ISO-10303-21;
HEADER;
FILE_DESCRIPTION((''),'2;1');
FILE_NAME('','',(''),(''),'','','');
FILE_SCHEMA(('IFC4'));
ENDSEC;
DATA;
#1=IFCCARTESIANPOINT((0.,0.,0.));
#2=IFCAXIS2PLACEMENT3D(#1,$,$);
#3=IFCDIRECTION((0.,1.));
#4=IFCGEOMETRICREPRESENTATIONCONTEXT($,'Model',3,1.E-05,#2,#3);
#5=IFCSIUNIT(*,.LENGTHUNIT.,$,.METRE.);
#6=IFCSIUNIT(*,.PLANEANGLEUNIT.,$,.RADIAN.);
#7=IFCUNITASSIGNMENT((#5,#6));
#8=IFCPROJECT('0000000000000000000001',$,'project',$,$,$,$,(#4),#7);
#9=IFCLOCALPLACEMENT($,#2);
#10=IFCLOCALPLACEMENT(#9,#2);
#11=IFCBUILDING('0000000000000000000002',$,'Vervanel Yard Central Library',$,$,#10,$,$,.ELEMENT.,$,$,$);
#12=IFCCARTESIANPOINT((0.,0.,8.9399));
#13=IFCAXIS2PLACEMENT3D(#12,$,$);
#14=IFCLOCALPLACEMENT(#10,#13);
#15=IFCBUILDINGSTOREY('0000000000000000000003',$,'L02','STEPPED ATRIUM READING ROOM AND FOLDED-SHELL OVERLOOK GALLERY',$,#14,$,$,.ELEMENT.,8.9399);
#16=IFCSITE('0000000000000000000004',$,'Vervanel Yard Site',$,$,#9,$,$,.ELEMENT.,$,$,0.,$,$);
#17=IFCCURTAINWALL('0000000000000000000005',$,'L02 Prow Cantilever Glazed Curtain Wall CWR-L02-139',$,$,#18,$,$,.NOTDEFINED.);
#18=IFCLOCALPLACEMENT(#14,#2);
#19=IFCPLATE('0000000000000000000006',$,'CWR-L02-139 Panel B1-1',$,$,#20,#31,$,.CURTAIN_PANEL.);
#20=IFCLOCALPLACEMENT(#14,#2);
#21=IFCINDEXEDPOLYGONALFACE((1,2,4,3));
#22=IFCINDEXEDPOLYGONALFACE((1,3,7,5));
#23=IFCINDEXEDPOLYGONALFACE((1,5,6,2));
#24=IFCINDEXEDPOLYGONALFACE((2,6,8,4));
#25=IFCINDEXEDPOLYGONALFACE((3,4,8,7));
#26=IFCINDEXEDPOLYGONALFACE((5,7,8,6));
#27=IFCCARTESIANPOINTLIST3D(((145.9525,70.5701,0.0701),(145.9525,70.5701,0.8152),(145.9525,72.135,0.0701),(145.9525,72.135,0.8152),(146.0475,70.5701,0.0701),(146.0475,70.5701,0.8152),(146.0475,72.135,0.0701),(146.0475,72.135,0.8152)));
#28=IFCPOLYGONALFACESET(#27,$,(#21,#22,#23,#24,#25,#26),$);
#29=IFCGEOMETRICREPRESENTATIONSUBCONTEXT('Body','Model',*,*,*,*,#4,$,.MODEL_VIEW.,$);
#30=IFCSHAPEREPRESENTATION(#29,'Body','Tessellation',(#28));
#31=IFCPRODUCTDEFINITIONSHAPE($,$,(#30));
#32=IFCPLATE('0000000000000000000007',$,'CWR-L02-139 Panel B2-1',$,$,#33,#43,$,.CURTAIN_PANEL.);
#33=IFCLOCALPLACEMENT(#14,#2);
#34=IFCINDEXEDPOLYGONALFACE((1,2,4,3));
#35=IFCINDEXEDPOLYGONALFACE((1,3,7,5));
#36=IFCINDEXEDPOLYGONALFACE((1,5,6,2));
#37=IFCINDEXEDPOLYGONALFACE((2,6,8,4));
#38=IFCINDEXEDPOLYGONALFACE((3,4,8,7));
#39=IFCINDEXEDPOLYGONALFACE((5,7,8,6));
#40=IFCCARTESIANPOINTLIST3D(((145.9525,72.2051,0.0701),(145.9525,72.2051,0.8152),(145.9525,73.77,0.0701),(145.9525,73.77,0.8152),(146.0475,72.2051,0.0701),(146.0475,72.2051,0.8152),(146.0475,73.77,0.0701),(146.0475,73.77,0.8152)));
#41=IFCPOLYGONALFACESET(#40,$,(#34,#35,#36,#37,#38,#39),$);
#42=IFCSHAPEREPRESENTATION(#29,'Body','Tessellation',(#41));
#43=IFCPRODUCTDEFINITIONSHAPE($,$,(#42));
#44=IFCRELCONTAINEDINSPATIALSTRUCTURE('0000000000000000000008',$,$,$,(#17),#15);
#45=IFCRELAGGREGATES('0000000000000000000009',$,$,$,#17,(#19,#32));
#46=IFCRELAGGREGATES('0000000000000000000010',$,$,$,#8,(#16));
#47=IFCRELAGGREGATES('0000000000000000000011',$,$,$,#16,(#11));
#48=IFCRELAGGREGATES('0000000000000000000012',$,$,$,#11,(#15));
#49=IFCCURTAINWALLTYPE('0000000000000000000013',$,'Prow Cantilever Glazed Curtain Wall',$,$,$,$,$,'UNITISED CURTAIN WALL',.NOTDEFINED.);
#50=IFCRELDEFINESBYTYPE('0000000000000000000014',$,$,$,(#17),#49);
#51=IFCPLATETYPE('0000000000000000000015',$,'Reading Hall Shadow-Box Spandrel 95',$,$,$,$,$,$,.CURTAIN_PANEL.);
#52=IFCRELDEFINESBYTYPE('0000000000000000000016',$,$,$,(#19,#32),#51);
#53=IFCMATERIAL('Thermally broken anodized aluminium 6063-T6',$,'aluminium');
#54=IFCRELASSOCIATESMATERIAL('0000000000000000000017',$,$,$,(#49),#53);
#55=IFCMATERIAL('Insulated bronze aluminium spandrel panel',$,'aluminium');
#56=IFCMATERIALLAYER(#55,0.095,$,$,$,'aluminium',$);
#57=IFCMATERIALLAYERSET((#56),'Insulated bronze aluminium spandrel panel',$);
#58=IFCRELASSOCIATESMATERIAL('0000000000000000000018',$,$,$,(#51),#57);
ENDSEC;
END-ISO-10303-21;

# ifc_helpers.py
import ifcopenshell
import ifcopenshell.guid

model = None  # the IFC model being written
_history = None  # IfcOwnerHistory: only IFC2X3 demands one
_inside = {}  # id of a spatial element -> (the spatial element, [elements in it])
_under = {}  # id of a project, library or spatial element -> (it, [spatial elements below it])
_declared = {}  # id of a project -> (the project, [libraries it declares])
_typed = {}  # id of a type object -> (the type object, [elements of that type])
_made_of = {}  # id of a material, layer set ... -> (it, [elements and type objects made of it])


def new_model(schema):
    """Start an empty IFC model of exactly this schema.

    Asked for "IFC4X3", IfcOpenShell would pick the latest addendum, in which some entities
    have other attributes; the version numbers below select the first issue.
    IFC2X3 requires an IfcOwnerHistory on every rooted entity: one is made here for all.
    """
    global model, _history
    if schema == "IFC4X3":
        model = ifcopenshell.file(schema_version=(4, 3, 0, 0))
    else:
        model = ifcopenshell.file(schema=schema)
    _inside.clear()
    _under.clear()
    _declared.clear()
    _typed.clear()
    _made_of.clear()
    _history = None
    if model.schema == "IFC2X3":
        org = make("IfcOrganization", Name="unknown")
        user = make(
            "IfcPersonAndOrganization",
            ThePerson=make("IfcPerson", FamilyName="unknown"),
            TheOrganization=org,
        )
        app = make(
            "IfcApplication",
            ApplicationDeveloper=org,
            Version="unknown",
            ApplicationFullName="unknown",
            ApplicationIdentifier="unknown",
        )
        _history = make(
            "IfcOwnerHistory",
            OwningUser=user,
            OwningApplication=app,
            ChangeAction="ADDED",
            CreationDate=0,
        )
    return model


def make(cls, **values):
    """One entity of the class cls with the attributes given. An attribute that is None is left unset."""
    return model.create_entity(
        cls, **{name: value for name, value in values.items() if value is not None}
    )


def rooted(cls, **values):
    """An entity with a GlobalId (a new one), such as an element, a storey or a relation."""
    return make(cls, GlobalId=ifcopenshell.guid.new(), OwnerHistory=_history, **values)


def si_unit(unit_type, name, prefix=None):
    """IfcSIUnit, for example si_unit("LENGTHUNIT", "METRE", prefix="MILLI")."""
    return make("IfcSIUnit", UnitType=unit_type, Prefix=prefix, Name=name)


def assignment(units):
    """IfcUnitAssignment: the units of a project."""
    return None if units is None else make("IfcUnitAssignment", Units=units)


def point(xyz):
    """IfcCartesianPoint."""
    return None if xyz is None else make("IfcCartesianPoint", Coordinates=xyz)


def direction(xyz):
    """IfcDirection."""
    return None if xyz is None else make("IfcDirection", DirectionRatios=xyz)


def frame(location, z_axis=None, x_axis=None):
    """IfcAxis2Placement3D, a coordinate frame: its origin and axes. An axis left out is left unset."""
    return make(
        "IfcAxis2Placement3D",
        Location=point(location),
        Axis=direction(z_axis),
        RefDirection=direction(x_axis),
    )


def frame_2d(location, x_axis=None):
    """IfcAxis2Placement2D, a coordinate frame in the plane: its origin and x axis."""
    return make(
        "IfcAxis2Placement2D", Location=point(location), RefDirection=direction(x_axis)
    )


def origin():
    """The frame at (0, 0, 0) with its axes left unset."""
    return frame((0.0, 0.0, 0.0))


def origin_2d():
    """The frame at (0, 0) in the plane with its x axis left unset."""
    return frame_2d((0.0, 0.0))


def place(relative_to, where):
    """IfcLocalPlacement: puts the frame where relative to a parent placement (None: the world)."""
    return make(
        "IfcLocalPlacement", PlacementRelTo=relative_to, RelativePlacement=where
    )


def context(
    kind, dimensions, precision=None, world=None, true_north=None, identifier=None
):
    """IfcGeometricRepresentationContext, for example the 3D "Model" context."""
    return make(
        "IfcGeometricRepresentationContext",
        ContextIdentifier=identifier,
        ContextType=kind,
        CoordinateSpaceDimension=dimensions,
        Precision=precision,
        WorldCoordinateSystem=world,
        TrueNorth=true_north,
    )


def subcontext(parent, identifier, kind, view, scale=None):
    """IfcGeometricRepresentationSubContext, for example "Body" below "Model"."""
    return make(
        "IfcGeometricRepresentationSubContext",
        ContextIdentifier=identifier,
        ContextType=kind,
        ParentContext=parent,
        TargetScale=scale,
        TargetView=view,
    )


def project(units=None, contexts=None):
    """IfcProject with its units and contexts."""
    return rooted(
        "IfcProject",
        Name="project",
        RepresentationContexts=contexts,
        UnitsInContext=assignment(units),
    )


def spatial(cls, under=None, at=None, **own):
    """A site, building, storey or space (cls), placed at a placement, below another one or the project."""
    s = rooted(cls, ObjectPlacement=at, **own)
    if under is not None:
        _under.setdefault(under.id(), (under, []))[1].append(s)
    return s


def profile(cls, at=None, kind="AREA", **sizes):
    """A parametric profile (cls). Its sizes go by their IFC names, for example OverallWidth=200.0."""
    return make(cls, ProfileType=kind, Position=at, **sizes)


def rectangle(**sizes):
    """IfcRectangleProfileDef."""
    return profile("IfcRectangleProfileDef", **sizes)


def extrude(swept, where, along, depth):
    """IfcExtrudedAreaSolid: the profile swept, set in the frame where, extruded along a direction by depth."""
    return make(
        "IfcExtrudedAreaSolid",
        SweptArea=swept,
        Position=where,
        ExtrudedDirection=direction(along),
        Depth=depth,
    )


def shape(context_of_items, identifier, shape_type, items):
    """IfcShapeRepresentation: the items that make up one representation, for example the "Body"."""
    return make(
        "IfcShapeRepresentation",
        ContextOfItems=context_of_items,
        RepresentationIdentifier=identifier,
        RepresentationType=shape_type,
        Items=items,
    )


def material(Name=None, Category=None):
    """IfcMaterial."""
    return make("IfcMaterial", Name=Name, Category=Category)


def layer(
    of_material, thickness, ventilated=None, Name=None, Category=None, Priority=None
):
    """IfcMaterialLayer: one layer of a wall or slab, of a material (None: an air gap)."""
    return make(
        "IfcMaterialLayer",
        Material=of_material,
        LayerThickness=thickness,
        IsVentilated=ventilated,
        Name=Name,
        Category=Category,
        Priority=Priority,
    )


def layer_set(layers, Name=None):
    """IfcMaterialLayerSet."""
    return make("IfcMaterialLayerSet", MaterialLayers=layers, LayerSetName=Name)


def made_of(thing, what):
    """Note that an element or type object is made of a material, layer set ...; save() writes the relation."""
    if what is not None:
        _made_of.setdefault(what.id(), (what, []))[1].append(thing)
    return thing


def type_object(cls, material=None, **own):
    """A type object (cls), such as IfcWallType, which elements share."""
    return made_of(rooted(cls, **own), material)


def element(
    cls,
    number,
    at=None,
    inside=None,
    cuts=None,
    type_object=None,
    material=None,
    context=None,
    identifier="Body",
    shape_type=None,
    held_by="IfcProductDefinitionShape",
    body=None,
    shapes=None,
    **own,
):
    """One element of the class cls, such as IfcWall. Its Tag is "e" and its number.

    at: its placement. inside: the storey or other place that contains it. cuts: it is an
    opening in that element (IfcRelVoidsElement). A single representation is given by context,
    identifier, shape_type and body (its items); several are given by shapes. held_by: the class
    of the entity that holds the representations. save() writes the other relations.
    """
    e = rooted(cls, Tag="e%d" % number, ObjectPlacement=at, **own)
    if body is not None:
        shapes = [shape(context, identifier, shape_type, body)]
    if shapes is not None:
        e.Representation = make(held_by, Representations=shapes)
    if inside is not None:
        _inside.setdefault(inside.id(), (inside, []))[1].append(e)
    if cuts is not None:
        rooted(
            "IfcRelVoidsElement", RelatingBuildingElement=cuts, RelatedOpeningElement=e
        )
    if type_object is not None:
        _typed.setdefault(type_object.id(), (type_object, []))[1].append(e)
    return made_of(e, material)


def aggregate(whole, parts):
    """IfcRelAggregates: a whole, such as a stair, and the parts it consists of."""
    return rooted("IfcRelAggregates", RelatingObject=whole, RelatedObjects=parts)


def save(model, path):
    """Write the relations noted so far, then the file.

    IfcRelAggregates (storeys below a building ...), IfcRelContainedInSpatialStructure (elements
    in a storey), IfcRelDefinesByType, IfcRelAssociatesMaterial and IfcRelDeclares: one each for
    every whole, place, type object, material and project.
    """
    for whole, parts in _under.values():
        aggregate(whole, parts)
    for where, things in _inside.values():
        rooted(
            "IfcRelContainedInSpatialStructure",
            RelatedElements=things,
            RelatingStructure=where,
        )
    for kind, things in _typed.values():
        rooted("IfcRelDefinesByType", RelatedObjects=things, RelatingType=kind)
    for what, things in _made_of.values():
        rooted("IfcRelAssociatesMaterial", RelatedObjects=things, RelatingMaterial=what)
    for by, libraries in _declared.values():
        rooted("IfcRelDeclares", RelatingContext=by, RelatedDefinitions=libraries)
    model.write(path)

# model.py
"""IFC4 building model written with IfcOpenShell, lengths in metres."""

from ifc_helpers import new_model, si_unit, direction, frame, origin, origin_2d, place, context, subcontext, project, spatial, rectangle, extrude, material, layer, layer_set, type_object, element, aggregate, save


model = new_model("IFC4")

# Units and contexts
model_context = context("Model", 3, precision=1e-05, world=origin(), true_north=direction((0.0, 1.0)))
body_context = subcontext(model_context, "Body", "Model", "MODEL_VIEW")
ifc_project = project(units=[si_unit("LENGTHUNIT", "METRE"), si_unit("PLANEANGLEUNIT", "RADIAN")], contexts=[model_context])

# Site, building, storey
site_placement = place(None, origin())
site = spatial("IfcSite", under=ifc_project, at=site_placement, Name="Vervanel Yard Site", CompositionType="ELEMENT", RefElevation=0.0)
building_placement = place(site_placement, origin())
building = spatial("IfcBuilding", under=site, at=building_placement, Name="Vervanel Yard Central Library", CompositionType="ELEMENT")
storey_placement = place(building_placement, frame((0.0, 0.0, 8.9399)))
storey = spatial("IfcBuildingStorey", under=building, at=storey_placement, Name="L02", Description="STEPPED ATRIUM READING ROOM AND FOLDED-SHELL OVERLOOK GALLERY", CompositionType="ELEMENT", Elevation=8.9399)

# Shared definitions
ifc_material_1 = material(Name="Thermally broken anodized aluminium 6063-T6", Category="aluminium")
curtain_wall_type = type_object("IfcCurtainWallType", Name="Prow Cantilever Glazed Curtain Wall", ElementType="UNITISED CURTAIN WALL", PredefinedType="NOTDEFINED", material=ifc_material_1)

# Curtain wall
curtain_wall_1_placement = place(storey_placement, origin())
curtain_wall_1 = element("IfcCurtainWall", 1, at=curtain_wall_1_placement, inside=storey, type_object=curtain_wall_type, Name="L02 Prow Cantilever Glazed Curtain Wall CWR-L02-139", PredefinedType="NOTDEFINED")

# Plates
ifc_material_2 = material(Name="Insulated bronze aluminium spandrel panel", Category="aluminium")
ifc_layer_1 = layer(ifc_material_2, 0.095, Category="aluminium")
ifc_layer_set_1 = layer_set([ifc_layer_1], Name="Insulated bronze aluminium spandrel panel")
plate_type_1 = type_object("IfcPlateType", Name="Reading Hall Shadow-Box Spandrel 95", PredefinedType="CURTAIN_PANEL", material=ifc_layer_set_1)
plate_1_placement = place(storey_placement, frame((146.0, 71.3525, 0.0701), z_axis=(0.0, 0.0, 1.0), x_axis=(0.0, 1.0, 0.0)))
plate_1 = element("IfcPlate", 2, at=plate_1_placement, type_object=plate_type_1, Name="CWR-L02-139 Panel B1-1", PredefinedType="CURTAIN_PANEL", context=body_context, shape_type="SweptSolid", body=[
    extrude(rectangle(XDim=1.5649, YDim=0.095, at=origin_2d()), origin(), (0.0, 0.0, 1.0), 0.7451),
])
plate_2_placement = place(storey_placement, frame((146.0, 72.9875, 0.0701), z_axis=(0.0, 0.0, 1.0), x_axis=(0.0, 1.0, 0.0)))
plate_2 = element("IfcPlate", 3, at=plate_2_placement, type_object=plate_type_1, Name="CWR-L02-139 Panel B2-1", PredefinedType="CURTAIN_PANEL", context=body_context, shape_type="SweptSolid", body=[
    extrude(rectangle(XDim=1.5649, YDim=0.095, at=origin_2d()), origin(), (0.0, 0.0, 1.0), 0.7451),
])
aggregate(curtain_wall_1, [plate_1, plate_2])

save(model, "model.ifc")
